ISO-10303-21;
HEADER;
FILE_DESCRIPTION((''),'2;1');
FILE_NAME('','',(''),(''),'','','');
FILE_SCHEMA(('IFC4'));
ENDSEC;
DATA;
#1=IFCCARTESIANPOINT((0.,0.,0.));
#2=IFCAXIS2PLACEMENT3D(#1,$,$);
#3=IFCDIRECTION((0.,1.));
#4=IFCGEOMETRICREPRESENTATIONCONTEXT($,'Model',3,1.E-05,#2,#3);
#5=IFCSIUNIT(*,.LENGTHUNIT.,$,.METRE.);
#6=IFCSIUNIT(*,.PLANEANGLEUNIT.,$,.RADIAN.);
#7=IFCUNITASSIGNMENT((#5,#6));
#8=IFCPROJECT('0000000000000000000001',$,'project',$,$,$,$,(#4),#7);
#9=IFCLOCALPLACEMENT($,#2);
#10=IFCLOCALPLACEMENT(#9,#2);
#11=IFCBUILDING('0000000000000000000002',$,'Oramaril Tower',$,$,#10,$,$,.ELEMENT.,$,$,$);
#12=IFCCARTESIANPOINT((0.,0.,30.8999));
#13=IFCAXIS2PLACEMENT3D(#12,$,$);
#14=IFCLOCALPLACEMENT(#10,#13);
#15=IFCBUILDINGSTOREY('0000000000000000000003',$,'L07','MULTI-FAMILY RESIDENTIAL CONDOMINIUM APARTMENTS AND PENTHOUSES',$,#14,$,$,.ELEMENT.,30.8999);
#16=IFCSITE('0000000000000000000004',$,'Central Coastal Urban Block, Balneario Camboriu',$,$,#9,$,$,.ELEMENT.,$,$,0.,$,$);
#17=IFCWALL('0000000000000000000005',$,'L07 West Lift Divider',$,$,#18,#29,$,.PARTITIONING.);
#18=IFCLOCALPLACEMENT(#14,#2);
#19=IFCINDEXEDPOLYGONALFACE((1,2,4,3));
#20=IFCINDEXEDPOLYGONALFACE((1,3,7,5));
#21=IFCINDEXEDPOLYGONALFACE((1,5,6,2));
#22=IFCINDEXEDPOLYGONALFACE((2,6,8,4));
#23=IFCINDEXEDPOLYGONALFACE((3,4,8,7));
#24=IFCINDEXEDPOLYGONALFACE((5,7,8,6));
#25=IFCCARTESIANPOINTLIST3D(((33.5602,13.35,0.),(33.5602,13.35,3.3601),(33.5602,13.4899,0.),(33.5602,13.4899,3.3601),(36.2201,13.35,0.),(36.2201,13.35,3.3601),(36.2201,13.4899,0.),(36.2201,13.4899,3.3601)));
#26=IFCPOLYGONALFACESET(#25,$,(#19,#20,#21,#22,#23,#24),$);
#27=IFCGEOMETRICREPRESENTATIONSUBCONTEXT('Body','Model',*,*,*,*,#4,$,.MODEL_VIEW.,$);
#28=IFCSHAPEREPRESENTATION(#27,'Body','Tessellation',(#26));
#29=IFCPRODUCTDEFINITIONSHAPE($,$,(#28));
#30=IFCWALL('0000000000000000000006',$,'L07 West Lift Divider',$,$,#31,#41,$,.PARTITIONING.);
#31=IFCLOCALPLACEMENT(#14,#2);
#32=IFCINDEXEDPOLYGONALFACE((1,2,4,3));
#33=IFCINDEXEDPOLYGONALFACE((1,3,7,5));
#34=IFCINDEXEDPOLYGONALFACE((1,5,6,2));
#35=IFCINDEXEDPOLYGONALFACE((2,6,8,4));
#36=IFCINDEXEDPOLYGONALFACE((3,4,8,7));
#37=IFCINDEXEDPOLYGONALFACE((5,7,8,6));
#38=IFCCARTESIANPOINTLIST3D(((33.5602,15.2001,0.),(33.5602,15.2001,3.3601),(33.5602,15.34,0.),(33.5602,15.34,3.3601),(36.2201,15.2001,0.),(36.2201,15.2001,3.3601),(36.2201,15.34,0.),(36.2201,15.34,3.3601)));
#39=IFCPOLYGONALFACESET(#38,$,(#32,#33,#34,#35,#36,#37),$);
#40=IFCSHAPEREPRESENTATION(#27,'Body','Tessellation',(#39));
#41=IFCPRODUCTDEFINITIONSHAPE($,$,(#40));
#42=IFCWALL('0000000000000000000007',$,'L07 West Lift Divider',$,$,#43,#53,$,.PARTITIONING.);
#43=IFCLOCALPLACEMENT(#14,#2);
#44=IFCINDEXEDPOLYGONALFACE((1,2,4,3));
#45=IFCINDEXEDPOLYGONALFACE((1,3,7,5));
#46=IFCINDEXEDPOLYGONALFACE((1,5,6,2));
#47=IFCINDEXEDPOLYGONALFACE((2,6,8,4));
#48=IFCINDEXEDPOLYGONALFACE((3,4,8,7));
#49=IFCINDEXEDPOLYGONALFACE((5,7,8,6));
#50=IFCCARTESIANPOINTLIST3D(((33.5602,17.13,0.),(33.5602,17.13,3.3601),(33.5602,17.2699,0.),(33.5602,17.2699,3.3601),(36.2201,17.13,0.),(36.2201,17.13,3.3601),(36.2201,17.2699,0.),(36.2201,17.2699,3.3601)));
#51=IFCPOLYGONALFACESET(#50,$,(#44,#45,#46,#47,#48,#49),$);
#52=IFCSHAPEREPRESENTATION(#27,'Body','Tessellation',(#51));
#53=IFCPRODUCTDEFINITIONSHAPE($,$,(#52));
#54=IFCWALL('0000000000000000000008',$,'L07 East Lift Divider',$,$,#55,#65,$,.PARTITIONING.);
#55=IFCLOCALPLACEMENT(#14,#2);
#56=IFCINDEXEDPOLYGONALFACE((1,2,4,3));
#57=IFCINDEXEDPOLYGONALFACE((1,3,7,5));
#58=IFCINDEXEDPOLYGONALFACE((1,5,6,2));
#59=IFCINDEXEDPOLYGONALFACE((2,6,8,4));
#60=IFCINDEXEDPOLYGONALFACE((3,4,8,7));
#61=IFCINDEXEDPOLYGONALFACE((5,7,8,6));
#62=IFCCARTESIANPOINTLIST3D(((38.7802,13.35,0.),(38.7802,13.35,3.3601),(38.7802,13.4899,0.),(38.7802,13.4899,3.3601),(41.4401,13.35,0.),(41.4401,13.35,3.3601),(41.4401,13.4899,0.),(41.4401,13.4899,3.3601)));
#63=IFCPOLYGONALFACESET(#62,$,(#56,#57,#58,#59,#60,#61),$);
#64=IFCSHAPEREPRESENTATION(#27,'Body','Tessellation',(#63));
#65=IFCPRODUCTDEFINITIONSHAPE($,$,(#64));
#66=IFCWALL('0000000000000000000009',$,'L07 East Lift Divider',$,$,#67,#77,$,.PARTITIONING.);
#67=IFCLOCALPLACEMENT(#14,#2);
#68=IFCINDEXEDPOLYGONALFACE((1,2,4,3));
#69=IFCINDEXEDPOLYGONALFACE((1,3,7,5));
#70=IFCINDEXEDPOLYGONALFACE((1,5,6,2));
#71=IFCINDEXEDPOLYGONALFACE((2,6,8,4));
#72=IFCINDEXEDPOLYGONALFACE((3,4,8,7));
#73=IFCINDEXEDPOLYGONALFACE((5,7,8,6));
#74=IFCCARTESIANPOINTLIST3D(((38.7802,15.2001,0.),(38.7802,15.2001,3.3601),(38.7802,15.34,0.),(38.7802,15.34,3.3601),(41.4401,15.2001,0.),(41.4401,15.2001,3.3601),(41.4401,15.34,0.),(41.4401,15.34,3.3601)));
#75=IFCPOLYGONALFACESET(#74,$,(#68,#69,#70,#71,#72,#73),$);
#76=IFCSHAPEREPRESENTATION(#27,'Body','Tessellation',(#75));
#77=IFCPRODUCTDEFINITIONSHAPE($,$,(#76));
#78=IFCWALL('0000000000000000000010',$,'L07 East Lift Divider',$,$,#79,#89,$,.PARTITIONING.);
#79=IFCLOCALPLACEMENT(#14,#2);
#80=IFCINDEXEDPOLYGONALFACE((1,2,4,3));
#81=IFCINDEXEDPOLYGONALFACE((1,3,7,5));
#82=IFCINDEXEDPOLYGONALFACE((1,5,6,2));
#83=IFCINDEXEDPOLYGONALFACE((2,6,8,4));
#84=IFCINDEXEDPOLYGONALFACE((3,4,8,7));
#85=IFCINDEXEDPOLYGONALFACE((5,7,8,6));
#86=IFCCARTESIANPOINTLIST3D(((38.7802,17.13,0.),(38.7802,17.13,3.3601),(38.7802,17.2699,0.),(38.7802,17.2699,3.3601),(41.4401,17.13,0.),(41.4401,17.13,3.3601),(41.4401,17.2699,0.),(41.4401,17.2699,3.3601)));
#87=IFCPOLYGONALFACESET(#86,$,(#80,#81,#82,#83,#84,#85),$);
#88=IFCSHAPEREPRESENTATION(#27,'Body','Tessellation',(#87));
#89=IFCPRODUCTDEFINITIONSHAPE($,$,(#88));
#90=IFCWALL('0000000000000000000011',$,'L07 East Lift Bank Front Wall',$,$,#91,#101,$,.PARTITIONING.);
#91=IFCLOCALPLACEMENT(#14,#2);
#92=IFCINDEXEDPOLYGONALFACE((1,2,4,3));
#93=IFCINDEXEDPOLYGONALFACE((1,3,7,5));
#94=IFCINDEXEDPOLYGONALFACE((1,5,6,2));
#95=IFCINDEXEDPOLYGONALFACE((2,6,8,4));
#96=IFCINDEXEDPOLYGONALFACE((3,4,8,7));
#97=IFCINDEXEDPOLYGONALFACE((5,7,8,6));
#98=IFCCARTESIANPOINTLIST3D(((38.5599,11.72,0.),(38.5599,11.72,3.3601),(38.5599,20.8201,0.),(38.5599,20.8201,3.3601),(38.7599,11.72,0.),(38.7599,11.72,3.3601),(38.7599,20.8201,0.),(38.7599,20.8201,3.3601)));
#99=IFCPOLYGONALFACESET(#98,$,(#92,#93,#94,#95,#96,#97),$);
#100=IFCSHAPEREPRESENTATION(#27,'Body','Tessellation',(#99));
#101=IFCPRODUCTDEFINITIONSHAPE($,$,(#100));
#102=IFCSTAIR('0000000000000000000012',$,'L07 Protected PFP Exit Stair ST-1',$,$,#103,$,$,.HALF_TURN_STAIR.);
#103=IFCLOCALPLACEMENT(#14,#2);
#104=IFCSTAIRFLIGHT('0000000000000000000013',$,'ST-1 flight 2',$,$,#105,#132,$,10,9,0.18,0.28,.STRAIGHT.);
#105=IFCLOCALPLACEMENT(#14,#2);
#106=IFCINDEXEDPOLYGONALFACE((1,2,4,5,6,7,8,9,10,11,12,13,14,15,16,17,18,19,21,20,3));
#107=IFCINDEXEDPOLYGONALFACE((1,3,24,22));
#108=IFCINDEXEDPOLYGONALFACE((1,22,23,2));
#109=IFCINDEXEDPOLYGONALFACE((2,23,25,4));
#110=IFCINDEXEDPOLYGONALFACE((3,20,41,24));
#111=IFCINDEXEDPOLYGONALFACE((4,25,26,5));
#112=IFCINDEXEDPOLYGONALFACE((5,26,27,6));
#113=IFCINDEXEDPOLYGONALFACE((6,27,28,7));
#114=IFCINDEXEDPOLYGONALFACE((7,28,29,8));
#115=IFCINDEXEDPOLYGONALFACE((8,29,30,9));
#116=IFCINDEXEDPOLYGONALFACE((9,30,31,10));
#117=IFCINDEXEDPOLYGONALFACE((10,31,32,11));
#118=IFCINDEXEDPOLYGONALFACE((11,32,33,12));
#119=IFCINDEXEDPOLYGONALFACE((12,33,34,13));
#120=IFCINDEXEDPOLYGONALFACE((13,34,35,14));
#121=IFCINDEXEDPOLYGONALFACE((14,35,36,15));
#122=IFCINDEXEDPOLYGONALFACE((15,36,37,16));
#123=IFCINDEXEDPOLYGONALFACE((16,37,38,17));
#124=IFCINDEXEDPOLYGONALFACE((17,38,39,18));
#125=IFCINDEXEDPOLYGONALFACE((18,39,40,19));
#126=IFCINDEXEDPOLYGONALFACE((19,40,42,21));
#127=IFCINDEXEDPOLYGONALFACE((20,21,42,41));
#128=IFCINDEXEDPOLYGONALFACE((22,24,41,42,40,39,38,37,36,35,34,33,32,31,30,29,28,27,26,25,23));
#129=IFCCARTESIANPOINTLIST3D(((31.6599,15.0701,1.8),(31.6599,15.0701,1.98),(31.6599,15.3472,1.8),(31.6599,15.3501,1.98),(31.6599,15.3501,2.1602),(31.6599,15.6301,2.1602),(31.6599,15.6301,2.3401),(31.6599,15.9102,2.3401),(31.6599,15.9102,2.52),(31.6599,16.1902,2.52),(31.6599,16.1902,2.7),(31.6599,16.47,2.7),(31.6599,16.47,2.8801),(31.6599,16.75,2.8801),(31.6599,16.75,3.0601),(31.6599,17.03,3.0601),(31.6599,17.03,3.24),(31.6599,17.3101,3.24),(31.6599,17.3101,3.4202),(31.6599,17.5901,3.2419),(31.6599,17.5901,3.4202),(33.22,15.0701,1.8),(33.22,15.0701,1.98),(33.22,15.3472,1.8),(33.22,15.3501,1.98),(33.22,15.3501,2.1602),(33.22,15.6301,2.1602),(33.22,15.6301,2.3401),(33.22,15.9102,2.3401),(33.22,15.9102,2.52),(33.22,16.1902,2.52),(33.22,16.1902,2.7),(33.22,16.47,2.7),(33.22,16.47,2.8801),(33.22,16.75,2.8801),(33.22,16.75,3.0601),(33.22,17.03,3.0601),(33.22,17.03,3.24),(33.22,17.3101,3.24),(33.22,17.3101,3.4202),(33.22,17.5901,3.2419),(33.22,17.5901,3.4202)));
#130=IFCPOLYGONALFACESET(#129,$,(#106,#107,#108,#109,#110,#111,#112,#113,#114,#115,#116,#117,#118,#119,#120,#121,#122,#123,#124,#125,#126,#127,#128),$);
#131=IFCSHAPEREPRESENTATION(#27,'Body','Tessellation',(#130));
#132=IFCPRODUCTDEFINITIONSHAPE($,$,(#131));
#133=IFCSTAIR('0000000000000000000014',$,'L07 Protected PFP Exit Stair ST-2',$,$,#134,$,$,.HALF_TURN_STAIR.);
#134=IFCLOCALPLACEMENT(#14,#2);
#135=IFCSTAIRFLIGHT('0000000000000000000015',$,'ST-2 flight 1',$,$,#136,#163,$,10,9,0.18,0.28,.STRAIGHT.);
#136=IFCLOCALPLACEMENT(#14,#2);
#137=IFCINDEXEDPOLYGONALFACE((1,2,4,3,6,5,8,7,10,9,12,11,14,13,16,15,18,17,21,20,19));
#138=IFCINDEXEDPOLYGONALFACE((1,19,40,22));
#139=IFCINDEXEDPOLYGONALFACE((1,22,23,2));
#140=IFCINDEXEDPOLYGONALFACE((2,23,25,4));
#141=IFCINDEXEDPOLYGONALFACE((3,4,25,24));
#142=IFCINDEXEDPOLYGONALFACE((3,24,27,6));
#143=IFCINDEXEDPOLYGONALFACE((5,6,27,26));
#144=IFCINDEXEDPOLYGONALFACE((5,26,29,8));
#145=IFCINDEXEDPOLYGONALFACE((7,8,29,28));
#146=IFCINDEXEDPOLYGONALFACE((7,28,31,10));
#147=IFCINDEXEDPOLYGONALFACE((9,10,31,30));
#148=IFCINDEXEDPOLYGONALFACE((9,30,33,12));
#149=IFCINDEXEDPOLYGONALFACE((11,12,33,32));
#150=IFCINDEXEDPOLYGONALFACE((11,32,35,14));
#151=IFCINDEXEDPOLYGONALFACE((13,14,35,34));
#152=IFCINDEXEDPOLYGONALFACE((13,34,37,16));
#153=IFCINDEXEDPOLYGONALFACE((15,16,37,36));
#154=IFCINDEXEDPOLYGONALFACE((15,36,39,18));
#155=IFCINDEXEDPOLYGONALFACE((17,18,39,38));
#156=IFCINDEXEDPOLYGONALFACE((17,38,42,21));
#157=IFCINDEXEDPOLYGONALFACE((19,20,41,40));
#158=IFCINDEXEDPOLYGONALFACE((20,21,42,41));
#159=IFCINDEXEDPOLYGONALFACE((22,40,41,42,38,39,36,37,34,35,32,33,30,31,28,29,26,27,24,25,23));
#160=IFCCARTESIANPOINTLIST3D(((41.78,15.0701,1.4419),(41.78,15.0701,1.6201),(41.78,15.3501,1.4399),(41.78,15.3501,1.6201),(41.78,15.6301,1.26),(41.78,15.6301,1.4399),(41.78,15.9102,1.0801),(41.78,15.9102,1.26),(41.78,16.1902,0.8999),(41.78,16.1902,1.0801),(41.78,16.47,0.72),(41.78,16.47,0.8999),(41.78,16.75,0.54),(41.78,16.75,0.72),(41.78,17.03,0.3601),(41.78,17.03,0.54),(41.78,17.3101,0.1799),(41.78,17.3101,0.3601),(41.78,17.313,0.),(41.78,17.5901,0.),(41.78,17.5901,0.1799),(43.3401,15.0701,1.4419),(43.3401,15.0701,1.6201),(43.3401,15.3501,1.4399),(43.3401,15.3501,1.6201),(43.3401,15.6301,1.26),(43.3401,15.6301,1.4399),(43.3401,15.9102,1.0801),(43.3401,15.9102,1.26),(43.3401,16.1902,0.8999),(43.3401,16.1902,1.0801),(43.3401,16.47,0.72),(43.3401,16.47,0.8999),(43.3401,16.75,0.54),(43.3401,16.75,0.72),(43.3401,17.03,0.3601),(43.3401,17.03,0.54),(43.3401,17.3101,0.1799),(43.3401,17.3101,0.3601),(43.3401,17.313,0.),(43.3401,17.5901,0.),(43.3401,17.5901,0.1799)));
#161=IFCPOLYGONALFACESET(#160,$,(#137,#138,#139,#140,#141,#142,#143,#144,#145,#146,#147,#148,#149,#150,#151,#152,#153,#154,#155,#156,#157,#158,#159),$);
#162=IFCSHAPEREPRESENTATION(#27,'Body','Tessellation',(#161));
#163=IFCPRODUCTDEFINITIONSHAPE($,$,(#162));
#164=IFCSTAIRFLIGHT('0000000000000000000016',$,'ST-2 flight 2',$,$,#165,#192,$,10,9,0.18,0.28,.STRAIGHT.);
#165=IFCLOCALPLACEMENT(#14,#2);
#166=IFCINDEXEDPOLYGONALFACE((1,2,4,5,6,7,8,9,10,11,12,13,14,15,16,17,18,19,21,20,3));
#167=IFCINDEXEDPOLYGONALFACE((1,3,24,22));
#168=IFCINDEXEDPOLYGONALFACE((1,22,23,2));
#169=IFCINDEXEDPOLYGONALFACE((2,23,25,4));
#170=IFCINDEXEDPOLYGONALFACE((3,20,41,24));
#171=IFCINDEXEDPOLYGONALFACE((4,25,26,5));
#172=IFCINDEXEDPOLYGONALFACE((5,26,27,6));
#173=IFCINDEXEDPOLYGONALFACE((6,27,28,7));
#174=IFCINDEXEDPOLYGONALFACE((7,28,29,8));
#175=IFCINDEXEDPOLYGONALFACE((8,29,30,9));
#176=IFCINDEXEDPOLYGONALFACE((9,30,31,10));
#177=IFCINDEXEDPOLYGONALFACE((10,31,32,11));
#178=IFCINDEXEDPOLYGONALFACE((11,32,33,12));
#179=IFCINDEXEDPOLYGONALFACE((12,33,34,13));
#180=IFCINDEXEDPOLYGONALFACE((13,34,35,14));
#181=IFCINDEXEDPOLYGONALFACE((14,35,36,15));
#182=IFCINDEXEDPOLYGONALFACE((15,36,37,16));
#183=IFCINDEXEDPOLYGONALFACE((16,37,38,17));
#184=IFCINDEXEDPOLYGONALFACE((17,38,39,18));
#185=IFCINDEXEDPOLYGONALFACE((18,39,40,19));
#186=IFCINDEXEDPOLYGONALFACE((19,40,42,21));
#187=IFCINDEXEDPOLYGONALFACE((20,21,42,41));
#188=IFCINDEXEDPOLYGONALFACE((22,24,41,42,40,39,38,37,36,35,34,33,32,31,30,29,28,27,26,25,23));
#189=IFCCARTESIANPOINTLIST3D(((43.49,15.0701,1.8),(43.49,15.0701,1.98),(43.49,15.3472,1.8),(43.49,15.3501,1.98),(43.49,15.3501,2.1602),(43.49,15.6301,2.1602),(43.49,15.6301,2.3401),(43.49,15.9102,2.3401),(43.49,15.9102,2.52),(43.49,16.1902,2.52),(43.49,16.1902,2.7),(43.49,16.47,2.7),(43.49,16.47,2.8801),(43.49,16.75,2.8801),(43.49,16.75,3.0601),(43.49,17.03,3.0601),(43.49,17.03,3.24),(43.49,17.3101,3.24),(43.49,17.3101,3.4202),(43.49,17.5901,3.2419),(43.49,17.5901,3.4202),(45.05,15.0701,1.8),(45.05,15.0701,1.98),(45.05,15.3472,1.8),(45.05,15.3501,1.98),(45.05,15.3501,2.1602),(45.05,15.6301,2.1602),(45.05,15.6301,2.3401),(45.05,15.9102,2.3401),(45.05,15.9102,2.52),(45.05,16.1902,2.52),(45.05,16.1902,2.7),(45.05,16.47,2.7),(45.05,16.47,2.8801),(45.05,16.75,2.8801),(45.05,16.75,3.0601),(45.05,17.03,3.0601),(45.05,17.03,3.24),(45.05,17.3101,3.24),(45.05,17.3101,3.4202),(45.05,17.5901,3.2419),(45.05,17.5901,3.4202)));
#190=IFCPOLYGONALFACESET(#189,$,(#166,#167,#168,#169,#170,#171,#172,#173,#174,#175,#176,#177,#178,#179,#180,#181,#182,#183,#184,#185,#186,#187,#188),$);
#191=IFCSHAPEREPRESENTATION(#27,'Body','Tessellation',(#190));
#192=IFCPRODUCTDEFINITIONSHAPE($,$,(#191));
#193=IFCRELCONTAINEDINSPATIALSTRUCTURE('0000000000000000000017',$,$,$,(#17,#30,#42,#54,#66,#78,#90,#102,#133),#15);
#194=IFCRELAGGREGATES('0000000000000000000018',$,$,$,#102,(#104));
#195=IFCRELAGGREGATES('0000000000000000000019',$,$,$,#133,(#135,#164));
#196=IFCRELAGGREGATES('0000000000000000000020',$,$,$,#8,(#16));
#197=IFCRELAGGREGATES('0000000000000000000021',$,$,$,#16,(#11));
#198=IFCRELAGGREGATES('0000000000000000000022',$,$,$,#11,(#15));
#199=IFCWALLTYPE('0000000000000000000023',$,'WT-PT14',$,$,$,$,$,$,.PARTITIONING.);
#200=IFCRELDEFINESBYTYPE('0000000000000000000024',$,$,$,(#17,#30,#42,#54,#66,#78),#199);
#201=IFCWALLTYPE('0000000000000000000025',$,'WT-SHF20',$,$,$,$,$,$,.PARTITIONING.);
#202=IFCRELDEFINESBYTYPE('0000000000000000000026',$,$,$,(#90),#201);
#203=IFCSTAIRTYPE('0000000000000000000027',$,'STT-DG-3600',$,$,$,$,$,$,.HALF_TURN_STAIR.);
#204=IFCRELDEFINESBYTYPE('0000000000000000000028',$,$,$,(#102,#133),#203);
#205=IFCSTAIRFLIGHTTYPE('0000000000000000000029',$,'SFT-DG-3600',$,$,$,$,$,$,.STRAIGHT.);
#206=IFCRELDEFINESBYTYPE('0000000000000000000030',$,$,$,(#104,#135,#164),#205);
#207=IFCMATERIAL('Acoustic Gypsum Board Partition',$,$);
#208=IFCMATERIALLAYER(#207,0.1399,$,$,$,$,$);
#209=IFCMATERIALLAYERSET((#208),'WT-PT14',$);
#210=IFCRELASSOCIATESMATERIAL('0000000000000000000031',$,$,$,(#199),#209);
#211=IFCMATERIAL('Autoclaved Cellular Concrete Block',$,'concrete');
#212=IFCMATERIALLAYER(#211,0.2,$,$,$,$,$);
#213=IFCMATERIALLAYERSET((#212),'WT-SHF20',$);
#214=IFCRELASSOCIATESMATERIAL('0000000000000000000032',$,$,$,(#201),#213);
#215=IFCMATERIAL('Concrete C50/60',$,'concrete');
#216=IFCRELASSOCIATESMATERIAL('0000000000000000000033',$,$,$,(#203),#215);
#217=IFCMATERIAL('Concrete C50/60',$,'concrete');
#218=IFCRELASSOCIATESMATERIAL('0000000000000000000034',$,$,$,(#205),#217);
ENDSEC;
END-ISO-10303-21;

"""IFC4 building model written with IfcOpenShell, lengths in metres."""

from ifc_helpers import new_model, si_unit, direction, frame, frame_2d, origin, place, context, subcontext, project, spatial, polyline, rectangle, outline, extrude, material, layer, layer_set, type_object, element, aggregate, save


model = new_model("IFC4")

# Units and contexts
model_context = context("Model", 3, precision=1e-05, world=origin(), true_north=direction((0.0, 1.0)))
body_context = subcontext(model_context, "Body", "Model", "MODEL_VIEW")
ifc_project = project(units=[si_unit("LENGTHUNIT", "METRE"), si_unit("PLANEANGLEUNIT", "RADIAN")], contexts=[model_context])

# Site, building, storey
site_placement = place(None, origin())
site = spatial("IfcSite", under=ifc_project, at=site_placement, Name="Central Coastal Urban Block, Balneario Camboriu", CompositionType="ELEMENT", RefElevation=0.0)
building_placement = place(site_placement, origin())
building = spatial("IfcBuilding", under=site, at=building_placement, Name="Oramaril Tower", CompositionType="ELEMENT")
storey_placement = place(building_placement, frame((0.0, 0.0, 30.8999)))
storey = spatial("IfcBuildingStorey", under=building, at=storey_placement, Name="L07", Description="MULTI-FAMILY RESIDENTIAL CONDOMINIUM APARTMENTS AND PENTHOUSES", CompositionType="ELEMENT", Elevation=30.8999)

# Walls
ifc_material_1 = material(Name="Acoustic Gypsum Board Partition")
ifc_layer_1 = layer(ifc_material_1, 0.1399)
ifc_layer_set_1 = layer_set([ifc_layer_1], Name="WT-PT14")
wall_type_1 = type_object("IfcWallType", Name="WT-PT14", PredefinedType="PARTITIONING", material=ifc_layer_set_1)
for number, where, z_axis, x_axis, name in (
    (1, (33.5601, 13.4199, 0.0), (0.0, 0.0, 1.0), (1.0, 0.0, 0.0), "L07 West Lift Divider"),
    (2, (33.5601, 15.27, 0.0), (0.0, 0.0, 1.0), (1.0, 0.0, 0.0), "L07 West Lift Divider"),
    (3, (33.5601, 17.2, 0.0), (0.0, 0.0, 1.0), (1.0, 0.0, 0.0), "L07 West Lift Divider"),
    (4, (38.78, 13.4199, 0.0), (0.0, 0.0, 1.0), (1.0, 0.0, 0.0), "L07 East Lift Divider"),
    (5, (38.78, 15.27, 0.0), (0.0, 0.0, 1.0), (1.0, 0.0, 0.0), "L07 East Lift Divider"),
    (6, (38.78, 17.2, 0.0), (0.0, 0.0, 1.0), (1.0, 0.0, 0.0), "L07 East Lift Divider"),
):
    element("IfcWall", number, at=place(storey_placement, frame(where, z_axis=z_axis, x_axis=x_axis)), inside=storey, type_object=wall_type_1, Name=name, PredefinedType="PARTITIONING", context=body_context, shape_type="SweptSolid", body=[
        extrude(rectangle(XDim=2.6599, YDim=0.1399, at=frame_2d((1.3301, 0.0))), origin(), (0.0, 0.0, 1.0), 3.3601),
    ])

# Shared definitions
ifc_material_2 = material(Name="Autoclaved Cellular Concrete Block", Category="concrete")
ifc_layer_2 = layer(ifc_material_2, 0.2)
ifc_layer_set_2 = layer_set([ifc_layer_2], Name="WT-SHF20")
wall_type_2 = type_object("IfcWallType", Name="WT-SHF20", PredefinedType="PARTITIONING", material=ifc_layer_set_2)

# Wall
wall_1_placement = place(storey_placement, frame((38.6599, 11.72, 0.0), z_axis=(0.0, 0.0, 1.0), x_axis=(0.0, 1.0, 0.0)))
element("IfcWall", 7, at=wall_1_placement, inside=storey, type_object=wall_type_2, Name="L07 East Lift Bank Front Wall", PredefinedType="PARTITIONING", context=body_context, shape_type="SweptSolid", body=[
    extrude(rectangle(XDim=9.1001, YDim=0.2, at=frame_2d((4.55, 0.0))), origin(), (0.0, 0.0, 1.0), 3.3601),
])

# Stair, stair flight
ifc_material_3 = material(Name="Concrete C50/60", Category="concrete")
stair_type = type_object("IfcStairType", Name="STT-DG-3600", PredefinedType="HALF_TURN_STAIR", material=ifc_material_3)
stair_1_placement = place(storey_placement, origin())
stair_1 = element("IfcStair", 8, at=stair_1_placement, inside=storey, type_object=stair_type, Name="L07 Protected PFP Exit Stair ST-1", PredefinedType="HALF_TURN_STAIR")
ifc_material_4 = material(Name="Concrete C50/60", Category="concrete")
stair_flight_type = type_object("IfcStairFlightType", Name="SFT-DG-3600", PredefinedType="STRAIGHT", material=ifc_material_4)
stair_flight_1_placement = place(storey_placement, frame((32.4399, 15.0701, 1.8), z_axis=(0.0, 0.0, 1.0), x_axis=(0.0, 1.0, 0.0)))
stair_flight_1 = element("IfcStairFlight", 9, at=stair_flight_1_placement, type_object=stair_flight_type, Name="ST-1 flight 2", NumberOfRisers=10, NumberOfTreads=9, PredefinedType="STRAIGHT", RiserHeight=0.18, TreadLength=0.28, context=body_context, shape_type="SweptSolid", body=[
    extrude(outline(polyline([(0.0, 0.0), (0.0, 0.1799), (0.28, 0.1799), (0.28, 0.3601), (0.5601, 0.3601), (0.5601, 0.54), (0.8401, 0.54), (0.8401, 0.72), (1.1201, 0.72), (1.1201, 0.8999), (1.3999, 0.8999), (1.3999, 1.0801), (1.6799, 1.0801), (1.6799, 1.26), (1.96, 1.26), (1.96, 1.4399), (2.24, 1.4399), (2.24, 1.6201), (2.52, 1.6201), (2.52, 1.8), (2.52, 1.4419), (0.2771, 0.0), (0.0, 0.0)])), frame((0.0, 0.78, 0.0), z_axis=(0.0, -1.0, 0.0), x_axis=(1.0, 0.0, 0.0)), (0.0, 0.0, 1.0), 1.5601),
])
aggregate(stair_1, [stair_flight_1])

# Stair, stair flights
stair_2_placement = place(storey_placement, origin())
stair_2 = element("IfcStair", 10, at=stair_2_placement, inside=storey, type_object=stair_type, Name="L07 Protected PFP Exit Stair ST-2", PredefinedType="HALF_TURN_STAIR")
stair_flight_2_placement = place(storey_placement, frame((42.5601, 17.5901, 0.0), z_axis=(0.0, 0.0, 1.0), x_axis=(0.0, -1.0, 0.0)))
stair_flight_2 = element("IfcStairFlight", 11, at=stair_flight_2_placement, type_object=stair_flight_type, Name="ST-2 flight 1", NumberOfRisers=10, NumberOfTreads=9, PredefinedType="STRAIGHT", RiserHeight=0.18, TreadLength=0.28, context=body_context, shape_type="SweptSolid", body=[
    extrude(outline(polyline([(0.0, 0.0), (0.0, 0.1799), (0.28, 0.1799), (0.28, 0.3601), (0.5601, 0.3601), (0.5601, 0.54), (0.8401, 0.54), (0.8401, 0.72), (1.1201, 0.72), (1.1201, 0.8999), (1.3999, 0.8999), (1.3999, 1.0801), (1.6799, 1.0801), (1.6799, 1.26), (1.96, 1.26), (1.96, 1.4399), (2.24, 1.4399), (2.24, 1.6201), (2.52, 1.6201), (2.52, 1.8), (2.52, 1.4419), (0.2771, 0.0), (0.0, 0.0)])), frame((0.0, 0.78, 0.0), z_axis=(0.0, -1.0, 0.0), x_axis=(1.0, 0.0, 0.0)), (0.0, 0.0, 1.0), 1.5601),
])
stair_flight_3_placement = place(storey_placement, frame((44.27, 15.0701, 1.8), z_axis=(0.0, 0.0, 1.0), x_axis=(0.0, 1.0, 0.0)))
stair_flight_3 = element("IfcStairFlight", 12, at=stair_flight_3_placement, type_object=stair_flight_type, Name="ST-2 flight 2", NumberOfRisers=10, NumberOfTreads=9, PredefinedType="STRAIGHT", RiserHeight=0.18, TreadLength=0.28, context=body_context, shape_type="SweptSolid", body=[
    extrude(outline(polyline([(0.0, 0.0), (0.0, 0.1799), (0.28, 0.1799), (0.28, 0.3601), (0.5601, 0.3601), (0.5601, 0.54), (0.8401, 0.54), (0.8401, 0.72), (1.1201, 0.72), (1.1201, 0.8999), (1.3999, 0.8999), (1.3999, 1.0801), (1.6799, 1.0801), (1.6799, 1.26), (1.96, 1.26), (1.96, 1.4399), (2.24, 1.4399), (2.24, 1.6201), (2.52, 1.6201), (2.52, 1.8), (2.52, 1.4419), (0.2771, 0.0), (0.0, 0.0)])), frame((0.0, 0.78, 0.0), z_axis=(0.0, -1.0, 0.0), x_axis=(1.0, 0.0, 0.0)), (0.0, 0.0, 1.0), 1.5601),
])
aggregate(stair_2, [stair_flight_2, stair_flight_3])

save(model, "model.ifc")
